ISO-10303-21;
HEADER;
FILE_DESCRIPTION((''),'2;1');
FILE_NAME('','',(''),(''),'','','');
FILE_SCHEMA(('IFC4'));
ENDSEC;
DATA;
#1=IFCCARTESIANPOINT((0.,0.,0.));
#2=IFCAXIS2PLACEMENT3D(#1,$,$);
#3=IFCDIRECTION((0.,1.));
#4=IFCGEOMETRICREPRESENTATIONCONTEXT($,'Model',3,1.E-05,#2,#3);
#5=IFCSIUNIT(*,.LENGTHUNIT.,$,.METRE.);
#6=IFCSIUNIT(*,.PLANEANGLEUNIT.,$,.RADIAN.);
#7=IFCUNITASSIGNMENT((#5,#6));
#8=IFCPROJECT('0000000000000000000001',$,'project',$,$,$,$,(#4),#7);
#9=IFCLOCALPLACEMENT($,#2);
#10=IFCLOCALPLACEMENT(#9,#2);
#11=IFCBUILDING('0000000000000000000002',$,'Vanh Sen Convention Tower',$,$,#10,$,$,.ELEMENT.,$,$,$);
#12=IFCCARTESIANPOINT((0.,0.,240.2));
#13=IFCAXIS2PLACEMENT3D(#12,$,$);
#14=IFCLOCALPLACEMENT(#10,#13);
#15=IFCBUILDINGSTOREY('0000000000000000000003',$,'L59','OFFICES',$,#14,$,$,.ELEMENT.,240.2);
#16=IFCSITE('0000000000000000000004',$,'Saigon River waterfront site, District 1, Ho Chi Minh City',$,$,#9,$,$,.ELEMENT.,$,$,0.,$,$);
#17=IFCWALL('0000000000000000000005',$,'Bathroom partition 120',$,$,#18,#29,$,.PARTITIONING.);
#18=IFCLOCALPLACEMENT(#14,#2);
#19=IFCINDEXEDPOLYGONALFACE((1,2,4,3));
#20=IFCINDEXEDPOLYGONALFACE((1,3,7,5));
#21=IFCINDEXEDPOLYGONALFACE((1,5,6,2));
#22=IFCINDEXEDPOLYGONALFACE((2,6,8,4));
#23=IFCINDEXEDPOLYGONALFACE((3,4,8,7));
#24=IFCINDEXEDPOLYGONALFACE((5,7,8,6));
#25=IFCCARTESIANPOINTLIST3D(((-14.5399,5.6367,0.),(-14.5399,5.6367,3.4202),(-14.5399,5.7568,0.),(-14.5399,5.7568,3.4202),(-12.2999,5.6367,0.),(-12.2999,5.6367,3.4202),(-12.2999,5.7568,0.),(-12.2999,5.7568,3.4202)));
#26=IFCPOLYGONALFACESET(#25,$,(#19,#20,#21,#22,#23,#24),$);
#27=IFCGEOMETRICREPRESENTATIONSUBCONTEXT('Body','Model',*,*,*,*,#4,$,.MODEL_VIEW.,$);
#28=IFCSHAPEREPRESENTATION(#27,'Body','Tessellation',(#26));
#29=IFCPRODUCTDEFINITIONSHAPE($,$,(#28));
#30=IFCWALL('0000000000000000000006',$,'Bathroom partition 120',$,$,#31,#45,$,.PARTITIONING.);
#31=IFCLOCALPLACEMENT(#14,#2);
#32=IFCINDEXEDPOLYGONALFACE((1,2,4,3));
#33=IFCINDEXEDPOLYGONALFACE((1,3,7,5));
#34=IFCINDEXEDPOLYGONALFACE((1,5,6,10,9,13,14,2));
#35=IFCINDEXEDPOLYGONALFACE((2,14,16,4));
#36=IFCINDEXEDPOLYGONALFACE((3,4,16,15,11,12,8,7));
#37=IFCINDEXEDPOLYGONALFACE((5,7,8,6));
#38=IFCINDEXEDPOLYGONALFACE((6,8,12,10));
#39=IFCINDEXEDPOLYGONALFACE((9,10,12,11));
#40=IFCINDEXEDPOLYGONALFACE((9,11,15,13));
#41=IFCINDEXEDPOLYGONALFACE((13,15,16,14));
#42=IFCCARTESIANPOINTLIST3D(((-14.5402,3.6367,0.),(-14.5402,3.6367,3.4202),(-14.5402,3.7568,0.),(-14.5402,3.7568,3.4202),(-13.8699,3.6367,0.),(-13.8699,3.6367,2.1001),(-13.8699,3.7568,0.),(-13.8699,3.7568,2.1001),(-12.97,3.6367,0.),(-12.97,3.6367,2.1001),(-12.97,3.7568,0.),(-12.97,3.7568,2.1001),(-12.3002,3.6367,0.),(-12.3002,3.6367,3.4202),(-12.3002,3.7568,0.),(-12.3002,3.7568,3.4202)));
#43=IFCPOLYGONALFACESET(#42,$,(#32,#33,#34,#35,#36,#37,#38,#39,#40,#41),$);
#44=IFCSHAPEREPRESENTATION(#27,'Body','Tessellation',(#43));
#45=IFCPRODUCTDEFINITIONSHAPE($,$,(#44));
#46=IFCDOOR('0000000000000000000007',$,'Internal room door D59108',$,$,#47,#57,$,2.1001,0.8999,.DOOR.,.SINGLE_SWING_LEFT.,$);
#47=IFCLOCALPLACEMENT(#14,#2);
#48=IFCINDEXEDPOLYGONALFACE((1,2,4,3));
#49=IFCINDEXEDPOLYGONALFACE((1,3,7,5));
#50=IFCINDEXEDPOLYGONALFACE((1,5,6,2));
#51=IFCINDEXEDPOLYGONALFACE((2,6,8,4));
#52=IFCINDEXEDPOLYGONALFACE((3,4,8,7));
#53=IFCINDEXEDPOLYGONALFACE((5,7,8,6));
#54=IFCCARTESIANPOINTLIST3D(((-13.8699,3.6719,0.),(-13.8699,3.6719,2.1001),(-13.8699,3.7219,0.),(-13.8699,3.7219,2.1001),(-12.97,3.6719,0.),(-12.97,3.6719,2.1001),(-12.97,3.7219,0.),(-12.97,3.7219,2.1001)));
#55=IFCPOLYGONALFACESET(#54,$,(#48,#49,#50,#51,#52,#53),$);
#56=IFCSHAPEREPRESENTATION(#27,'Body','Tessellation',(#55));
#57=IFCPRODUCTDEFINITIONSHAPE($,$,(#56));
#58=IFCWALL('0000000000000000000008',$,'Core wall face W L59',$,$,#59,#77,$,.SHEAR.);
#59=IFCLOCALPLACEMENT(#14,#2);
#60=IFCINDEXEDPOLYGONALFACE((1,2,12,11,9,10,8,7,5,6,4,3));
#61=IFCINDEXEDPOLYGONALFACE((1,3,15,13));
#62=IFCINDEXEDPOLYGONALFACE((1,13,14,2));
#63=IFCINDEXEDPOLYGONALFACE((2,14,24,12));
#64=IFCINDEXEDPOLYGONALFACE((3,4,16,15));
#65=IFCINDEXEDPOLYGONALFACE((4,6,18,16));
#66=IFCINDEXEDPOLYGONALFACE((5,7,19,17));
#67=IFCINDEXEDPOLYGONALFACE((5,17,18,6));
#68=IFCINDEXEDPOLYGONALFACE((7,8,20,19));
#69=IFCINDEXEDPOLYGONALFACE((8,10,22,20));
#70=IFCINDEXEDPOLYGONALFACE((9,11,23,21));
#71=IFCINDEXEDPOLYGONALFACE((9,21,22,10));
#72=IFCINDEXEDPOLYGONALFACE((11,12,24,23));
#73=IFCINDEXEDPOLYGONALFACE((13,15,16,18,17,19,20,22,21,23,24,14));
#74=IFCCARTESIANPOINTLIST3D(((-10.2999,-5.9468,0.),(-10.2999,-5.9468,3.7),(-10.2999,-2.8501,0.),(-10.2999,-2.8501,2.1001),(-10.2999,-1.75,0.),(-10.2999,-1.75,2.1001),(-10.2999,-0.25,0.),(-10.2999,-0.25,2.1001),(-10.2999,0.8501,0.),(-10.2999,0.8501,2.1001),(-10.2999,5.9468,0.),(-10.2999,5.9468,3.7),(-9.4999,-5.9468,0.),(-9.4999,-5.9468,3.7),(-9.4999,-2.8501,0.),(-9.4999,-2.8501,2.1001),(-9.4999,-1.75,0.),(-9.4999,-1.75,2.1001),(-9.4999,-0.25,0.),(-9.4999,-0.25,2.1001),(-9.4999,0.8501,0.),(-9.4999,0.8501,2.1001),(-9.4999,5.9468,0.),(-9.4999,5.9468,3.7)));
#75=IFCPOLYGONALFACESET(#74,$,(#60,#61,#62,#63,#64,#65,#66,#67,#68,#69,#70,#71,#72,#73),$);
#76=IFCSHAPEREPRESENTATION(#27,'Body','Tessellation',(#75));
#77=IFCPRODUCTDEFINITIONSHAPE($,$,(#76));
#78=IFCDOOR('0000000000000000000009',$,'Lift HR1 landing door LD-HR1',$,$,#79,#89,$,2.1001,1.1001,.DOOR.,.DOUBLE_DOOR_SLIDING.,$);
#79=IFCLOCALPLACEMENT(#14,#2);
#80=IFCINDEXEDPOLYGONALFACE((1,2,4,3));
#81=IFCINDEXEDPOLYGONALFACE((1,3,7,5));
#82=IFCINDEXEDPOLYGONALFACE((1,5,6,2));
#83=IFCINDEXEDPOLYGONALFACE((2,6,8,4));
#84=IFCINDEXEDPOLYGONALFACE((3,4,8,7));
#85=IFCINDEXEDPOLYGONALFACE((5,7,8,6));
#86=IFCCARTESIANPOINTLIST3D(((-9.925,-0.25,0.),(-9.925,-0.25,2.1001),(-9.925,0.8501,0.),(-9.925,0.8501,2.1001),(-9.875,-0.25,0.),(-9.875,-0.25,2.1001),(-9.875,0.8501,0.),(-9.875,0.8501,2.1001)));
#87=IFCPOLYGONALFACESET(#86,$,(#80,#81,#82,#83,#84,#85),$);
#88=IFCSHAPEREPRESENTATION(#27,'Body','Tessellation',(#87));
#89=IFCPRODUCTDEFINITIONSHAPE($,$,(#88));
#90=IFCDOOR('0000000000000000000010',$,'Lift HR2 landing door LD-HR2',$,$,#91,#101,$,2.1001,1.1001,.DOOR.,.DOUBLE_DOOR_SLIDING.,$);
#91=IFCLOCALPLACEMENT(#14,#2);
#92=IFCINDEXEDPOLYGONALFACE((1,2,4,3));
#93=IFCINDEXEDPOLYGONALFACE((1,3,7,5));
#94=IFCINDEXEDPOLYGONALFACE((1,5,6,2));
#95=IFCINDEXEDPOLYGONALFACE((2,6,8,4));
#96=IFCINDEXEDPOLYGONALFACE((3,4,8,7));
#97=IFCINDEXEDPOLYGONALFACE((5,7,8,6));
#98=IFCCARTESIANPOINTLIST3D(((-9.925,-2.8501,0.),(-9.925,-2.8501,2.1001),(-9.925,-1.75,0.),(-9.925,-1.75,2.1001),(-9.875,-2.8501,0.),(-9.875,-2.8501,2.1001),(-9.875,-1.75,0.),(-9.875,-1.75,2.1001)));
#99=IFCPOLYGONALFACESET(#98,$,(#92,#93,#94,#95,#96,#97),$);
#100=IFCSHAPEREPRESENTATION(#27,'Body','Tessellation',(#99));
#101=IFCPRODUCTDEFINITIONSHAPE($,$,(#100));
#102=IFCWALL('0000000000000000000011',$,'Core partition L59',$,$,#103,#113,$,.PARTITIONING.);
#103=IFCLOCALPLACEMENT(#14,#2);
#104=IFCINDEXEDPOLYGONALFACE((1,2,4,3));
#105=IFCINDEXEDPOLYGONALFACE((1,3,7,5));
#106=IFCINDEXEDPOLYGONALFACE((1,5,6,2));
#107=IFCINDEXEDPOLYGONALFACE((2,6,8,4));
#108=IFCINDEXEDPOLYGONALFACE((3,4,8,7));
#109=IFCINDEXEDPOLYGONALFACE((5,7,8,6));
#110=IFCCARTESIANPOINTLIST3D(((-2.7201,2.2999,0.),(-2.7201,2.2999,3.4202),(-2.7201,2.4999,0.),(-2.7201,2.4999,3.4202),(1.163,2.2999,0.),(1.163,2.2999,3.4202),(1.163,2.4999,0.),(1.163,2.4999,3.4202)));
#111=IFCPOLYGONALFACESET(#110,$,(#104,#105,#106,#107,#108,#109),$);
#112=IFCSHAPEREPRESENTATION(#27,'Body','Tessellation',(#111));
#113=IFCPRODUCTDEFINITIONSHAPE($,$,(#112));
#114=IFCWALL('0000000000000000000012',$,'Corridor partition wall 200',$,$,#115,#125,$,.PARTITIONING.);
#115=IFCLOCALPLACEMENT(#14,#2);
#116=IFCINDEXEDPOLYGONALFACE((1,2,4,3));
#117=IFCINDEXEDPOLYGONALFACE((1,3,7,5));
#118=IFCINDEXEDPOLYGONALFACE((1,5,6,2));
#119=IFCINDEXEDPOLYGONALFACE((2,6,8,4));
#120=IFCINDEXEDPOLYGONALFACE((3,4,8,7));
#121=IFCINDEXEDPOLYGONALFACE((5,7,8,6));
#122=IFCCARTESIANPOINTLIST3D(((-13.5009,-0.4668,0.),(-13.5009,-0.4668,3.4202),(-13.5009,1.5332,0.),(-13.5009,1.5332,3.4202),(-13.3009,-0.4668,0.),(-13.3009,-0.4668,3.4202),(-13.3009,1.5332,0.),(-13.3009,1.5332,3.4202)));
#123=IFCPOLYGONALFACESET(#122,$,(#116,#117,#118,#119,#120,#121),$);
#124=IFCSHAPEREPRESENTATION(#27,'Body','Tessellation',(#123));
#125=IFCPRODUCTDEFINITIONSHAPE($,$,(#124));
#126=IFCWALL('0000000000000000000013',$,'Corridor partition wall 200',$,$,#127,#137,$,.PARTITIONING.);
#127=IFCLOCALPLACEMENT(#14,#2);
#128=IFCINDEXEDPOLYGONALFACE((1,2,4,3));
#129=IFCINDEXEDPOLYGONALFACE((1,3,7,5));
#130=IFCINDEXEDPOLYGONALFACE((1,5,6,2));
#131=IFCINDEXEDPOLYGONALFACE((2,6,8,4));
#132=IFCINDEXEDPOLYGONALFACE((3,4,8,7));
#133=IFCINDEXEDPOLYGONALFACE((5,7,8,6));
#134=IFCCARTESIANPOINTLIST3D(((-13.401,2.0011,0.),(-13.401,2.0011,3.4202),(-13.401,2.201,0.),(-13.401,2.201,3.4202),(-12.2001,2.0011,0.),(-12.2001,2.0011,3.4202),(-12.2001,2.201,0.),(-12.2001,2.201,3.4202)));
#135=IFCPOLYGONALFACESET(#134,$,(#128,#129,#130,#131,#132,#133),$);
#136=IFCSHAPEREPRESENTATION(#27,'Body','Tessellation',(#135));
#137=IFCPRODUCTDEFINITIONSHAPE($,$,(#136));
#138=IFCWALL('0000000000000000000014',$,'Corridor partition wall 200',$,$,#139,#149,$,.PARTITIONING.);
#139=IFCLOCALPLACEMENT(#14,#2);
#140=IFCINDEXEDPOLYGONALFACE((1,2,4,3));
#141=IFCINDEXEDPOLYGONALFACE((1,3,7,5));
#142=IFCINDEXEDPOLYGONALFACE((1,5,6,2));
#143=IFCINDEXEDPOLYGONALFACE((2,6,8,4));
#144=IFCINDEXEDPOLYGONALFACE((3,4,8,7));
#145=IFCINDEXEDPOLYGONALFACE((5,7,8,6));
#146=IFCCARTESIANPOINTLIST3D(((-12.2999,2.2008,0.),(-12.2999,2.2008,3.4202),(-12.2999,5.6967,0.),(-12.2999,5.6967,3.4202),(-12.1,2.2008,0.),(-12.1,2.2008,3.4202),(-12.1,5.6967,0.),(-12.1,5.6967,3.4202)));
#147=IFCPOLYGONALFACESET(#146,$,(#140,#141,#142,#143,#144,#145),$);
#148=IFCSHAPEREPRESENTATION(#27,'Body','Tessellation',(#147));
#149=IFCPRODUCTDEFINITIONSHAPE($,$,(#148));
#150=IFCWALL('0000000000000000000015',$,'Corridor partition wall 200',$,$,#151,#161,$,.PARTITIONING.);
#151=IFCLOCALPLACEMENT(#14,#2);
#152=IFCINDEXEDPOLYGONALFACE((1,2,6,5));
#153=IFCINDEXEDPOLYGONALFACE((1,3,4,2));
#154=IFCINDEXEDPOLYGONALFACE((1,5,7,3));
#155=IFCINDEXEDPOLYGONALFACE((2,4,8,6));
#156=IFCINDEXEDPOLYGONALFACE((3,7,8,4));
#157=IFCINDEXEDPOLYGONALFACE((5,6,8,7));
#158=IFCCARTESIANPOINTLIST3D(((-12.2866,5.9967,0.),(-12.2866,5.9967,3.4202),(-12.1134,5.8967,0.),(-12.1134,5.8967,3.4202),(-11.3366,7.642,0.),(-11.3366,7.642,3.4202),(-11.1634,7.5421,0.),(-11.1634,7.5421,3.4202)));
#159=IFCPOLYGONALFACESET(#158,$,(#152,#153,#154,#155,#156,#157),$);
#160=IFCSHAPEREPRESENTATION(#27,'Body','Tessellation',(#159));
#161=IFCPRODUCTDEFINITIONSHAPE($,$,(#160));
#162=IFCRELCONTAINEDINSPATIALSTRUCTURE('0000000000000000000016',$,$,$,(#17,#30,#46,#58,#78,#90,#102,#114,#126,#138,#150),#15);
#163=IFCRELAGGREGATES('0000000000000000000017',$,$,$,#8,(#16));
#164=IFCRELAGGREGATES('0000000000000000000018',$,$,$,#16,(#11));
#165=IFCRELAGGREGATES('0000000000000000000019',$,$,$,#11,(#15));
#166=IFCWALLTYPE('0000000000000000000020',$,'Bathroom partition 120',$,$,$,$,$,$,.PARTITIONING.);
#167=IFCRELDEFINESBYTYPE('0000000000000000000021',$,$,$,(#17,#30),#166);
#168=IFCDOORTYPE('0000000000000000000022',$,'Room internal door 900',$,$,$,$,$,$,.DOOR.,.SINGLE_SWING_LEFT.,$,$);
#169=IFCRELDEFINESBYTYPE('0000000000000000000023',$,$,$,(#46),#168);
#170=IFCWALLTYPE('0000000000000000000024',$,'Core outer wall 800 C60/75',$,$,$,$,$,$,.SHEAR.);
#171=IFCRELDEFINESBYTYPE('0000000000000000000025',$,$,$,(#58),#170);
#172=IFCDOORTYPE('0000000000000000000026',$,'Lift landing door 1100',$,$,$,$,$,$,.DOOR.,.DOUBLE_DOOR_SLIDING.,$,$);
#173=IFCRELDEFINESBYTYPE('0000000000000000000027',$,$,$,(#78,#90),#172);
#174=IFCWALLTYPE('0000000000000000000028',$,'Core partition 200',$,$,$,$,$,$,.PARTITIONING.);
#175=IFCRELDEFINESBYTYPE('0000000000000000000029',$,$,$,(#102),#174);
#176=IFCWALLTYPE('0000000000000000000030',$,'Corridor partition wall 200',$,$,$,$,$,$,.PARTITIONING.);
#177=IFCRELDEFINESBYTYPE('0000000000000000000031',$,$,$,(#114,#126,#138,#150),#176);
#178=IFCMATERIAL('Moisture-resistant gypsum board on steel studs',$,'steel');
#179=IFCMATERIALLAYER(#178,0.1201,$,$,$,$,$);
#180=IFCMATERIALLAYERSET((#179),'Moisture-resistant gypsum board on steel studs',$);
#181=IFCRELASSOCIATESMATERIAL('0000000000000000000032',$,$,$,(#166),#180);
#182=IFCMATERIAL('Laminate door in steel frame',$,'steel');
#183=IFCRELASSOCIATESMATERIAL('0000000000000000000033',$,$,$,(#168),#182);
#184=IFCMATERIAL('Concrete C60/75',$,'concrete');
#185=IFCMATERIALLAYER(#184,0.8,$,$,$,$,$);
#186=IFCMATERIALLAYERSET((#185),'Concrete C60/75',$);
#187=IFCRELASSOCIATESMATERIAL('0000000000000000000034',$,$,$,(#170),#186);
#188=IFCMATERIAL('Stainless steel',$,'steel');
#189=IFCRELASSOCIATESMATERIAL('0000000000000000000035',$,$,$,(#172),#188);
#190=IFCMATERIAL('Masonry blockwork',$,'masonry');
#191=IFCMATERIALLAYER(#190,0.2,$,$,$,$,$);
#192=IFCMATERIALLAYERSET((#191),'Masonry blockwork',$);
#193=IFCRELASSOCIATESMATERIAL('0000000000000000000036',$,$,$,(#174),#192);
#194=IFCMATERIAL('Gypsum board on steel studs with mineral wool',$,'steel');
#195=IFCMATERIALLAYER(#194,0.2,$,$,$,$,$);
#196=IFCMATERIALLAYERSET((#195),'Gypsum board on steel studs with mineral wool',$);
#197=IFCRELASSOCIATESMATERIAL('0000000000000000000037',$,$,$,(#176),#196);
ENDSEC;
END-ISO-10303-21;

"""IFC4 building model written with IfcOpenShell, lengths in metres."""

from ifc_helpers import new_model, si_unit, direction, frame, frame_2d, origin, place, context, subcontext, project, spatial, rectangle, extrude, material, layer, layer_set, type_object, element, fill, save


model = new_model("IFC4")

# Units and contexts
model_context = context("Model", 3, precision=1e-05, world=origin(), true_north=direction((0.0, 1.0)))
body_context = subcontext(model_context, "Body", "Model", "MODEL_VIEW")
ifc_project = project(units=[si_unit("LENGTHUNIT", "METRE"), si_unit("PLANEANGLEUNIT", "RADIAN")], contexts=[model_context])

# Site, building, storey
site_placement = place(None, origin())
site = spatial("IfcSite", under=ifc_project, at=site_placement, Name="Saigon River waterfront site, District 1, Ho Chi Minh City", CompositionType="ELEMENT", RefElevation=0.0)
building_placement = place(site_placement, origin())
building = spatial("IfcBuilding", under=site, at=building_placement, Name="Vanh Sen Convention Tower", CompositionType="ELEMENT")
storey_placement = place(building_placement, frame((0.0, 0.0, 240.2)))
storey = spatial("IfcBuildingStorey", under=building, at=storey_placement, Name="L59", Description="OFFICES", CompositionType="ELEMENT", Elevation=240.2)

# Wall
ifc_material_1 = material(Name="Moisture-resistant gypsum board on steel studs", Category="steel")
ifc_layer_1 = layer(ifc_material_1, 0.1201)
ifc_layer_set_1 = layer_set([ifc_layer_1], Name="Moisture-resistant gypsum board on steel studs")
wall_type_1 = type_object("IfcWallType", Name="Bathroom partition 120", PredefinedType="PARTITIONING", material=ifc_layer_set_1)
wall_1_placement = place(storey_placement, frame((-14.54, 5.6968, 0.0), z_axis=(0.0, 0.0, 1.0), x_axis=(1.0, 0.0, 0.0)))
element("IfcWall", 1, at=wall_1_placement, inside=storey, type_object=wall_type_1, Name="Bathroom partition 120", PredefinedType="PARTITIONING", context=body_context, shape_type="SweptSolid", body=[
    extrude(rectangle(XDim=2.24, YDim=0.1201, at=frame_2d((1.1201, 0.0))), origin(), (0.0, 0.0, 1.0), 3.4202),
])

# Wall, opening, door
wall_2_placement = place(storey_placement, frame((-12.3, 3.6968, 0.0), z_axis=(0.0, 0.0, 1.0), x_axis=(-1.0, 0.0, 0.0)))
wall_2 = element("IfcWall", 2, at=wall_2_placement, inside=storey, type_object=wall_type_1, Name="Bathroom partition 120", PredefinedType="PARTITIONING", context=body_context, shape_type="SweptSolid", body=[
    extrude(rectangle(XDim=2.24, YDim=0.1201, at=frame_2d((1.1201, 0.0))), origin(), (0.0, 0.0, 1.0), 3.4202),
])
opening_1_placement = place(wall_2_placement, frame((0.6699, 0.0, 0.0)))
opening_1 = element("IfcOpeningElement", 3, at=opening_1_placement, cuts=wall_2, PredefinedType="OPENING", context=body_context, shape_type="SweptSolid", body=[
    extrude(rectangle(XDim=0.8999, YDim=2.1001, at=frame_2d((0.45, 1.05))), frame((0.0, 0.0701, 0.0), z_axis=(0.0, -1.0, 0.0), x_axis=(1.0, 0.0, 0.0)), (0.0, 0.0, 1.0), 0.1401),
])
ifc_material_2 = material(Name="Laminate door in steel frame", Category="steel")
door_type_1 = type_object("IfcDoorType", Name="Room internal door 900", OperationType="SINGLE_SWING_LEFT", PredefinedType="DOOR", material=ifc_material_2)
door_1_placement = place(opening_1_placement, origin())
door_1 = element("IfcDoor", 4, at=door_1_placement, inside=storey, type_object=door_type_1, Name="Internal room door D59108", OperationType="SINGLE_SWING_LEFT", OverallHeight=2.1001, OverallWidth=0.8999, PredefinedType="DOOR", context=body_context, shape_type="SweptSolid", body=[
    extrude(rectangle(XDim=0.8999, YDim=2.1001, at=frame_2d((0.45, 1.05))), frame((0.0, 0.0249, 0.0), z_axis=(0.0, -1.0, 0.0), x_axis=(1.0, 0.0, 0.0)), (0.0, 0.0, 1.0), 0.05),
])
fill(opening_1, door_1)

# Wall, openings, doors
ifc_material_3 = material(Name="Concrete C60/75", Category="concrete")
ifc_layer_2 = layer(ifc_material_3, 0.8)
ifc_layer_set_2 = layer_set([ifc_layer_2], Name="Concrete C60/75")
wall_type_2 = type_object("IfcWallType", Name="Core outer wall 800 C60/75", PredefinedType="SHEAR", material=ifc_layer_set_2)
wall_3_placement = place(storey_placement, frame((-9.8999, 5.9468, 0.0), z_axis=(0.0, 0.0, 1.0), x_axis=(0.0, -1.0, 0.0)))
wall_3 = element("IfcWall", 5, at=wall_3_placement, inside=storey, type_object=wall_type_2, Name="Core wall face W L59", PredefinedType="SHEAR", context=body_context, shape_type="SweptSolid", body=[
    extrude(rectangle(XDim=11.8936, YDim=0.8, at=frame_2d((5.9468, 0.0))), origin(), (0.0, 0.0, 1.0), 3.7),
])
opening_2_placement = place(wall_3_placement, frame((5.0967, 0.0, 0.0)))
opening_2 = element("IfcOpeningElement", 6, at=opening_2_placement, cuts=wall_3, PredefinedType="OPENING", context=body_context, shape_type="SweptSolid", body=[
    extrude(rectangle(XDim=1.1001, YDim=2.1001, at=frame_2d((0.55, 1.05))), frame((0.0, 0.4099, 0.0), z_axis=(0.0, -1.0, 0.0), x_axis=(1.0, 0.0, 0.0)), (0.0, 0.0, 1.0), 0.8201),
])
opening_3_placement = place(wall_3_placement, frame((7.6968, 0.0, 0.0)))
opening_3 = element("IfcOpeningElement", 7, at=opening_3_placement, cuts=wall_3, PredefinedType="OPENING", context=body_context, shape_type="SweptSolid", body=[
    extrude(rectangle(XDim=1.1001, YDim=2.1001, at=frame_2d((0.55, 1.05))), frame((0.0, 0.4099, 0.0), z_axis=(0.0, -1.0, 0.0), x_axis=(1.0, 0.0, 0.0)), (0.0, 0.0, 1.0), 0.8201),
])
ifc_material_4 = material(Name="Stainless steel", Category="steel")
door_type_2 = type_object("IfcDoorType", Name="Lift landing door 1100", OperationType="DOUBLE_DOOR_SLIDING", PredefinedType="DOOR", material=ifc_material_4)
door_2_placement = place(opening_2_placement, origin())
door_2 = element("IfcDoor", 8, at=door_2_placement, inside=storey, type_object=door_type_2, Name="Lift HR1 landing door LD-HR1", OperationType="DOUBLE_DOOR_SLIDING", OverallHeight=2.1001, OverallWidth=1.1001, PredefinedType="DOOR", context=body_context, shape_type="SweptSolid", body=[
    extrude(rectangle(XDim=1.1001, YDim=2.1001, at=frame_2d((0.55, 1.05))), frame((0.0, 0.0249, 0.0), z_axis=(0.0, -1.0, 0.0), x_axis=(1.0, 0.0, 0.0)), (0.0, 0.0, 1.0), 0.05),
])
fill(opening_2, door_2)
door_3_placement = place(opening_3_placement, origin())
door_3 = element("IfcDoor", 9, at=door_3_placement, inside=storey, type_object=door_type_2, Name="Lift HR2 landing door LD-HR2", OperationType="DOUBLE_DOOR_SLIDING", OverallHeight=2.1001, OverallWidth=1.1001, PredefinedType="DOOR", context=body_context, shape_type="SweptSolid", body=[
    extrude(rectangle(XDim=1.1001, YDim=2.1001, at=frame_2d((0.55, 1.05))), frame((0.0, 0.0249, 0.0), z_axis=(0.0, -1.0, 0.0), x_axis=(1.0, 0.0, 0.0)), (0.0, 0.0, 1.0), 0.05),
])
fill(opening_3, door_3)

# Walls
ifc_material_5 = material(Name="Masonry blockwork", Category="masonry")
ifc_layer_3 = layer(ifc_material_5, 0.2)
ifc_layer_set_3 = layer_set([ifc_layer_3], Name="Masonry blockwork")
wall_type_3 = type_object("IfcWallType", Name="Core partition 200", PredefinedType="PARTITIONING", material=ifc_layer_set_3)
wall_4_placement = place(storey_placement, frame((-2.72, 2.3999, 0.0), z_axis=(0.0, 0.0, 1.0), x_axis=(1.0, 0.0, 0.0)))
element("IfcWall", 10, at=wall_4_placement, inside=storey, type_object=wall_type_3, Name="Core partition L59", PredefinedType="PARTITIONING", context=body_context, shape_type="SweptSolid", body=[
    extrude(rectangle(XDim=3.8831, YDim=0.2, at=frame_2d((1.9414, 0.0))), origin(), (0.0, 0.0, 1.0), 3.4202),
])
ifc_material_6 = material(Name="Gypsum board on steel studs with mineral wool", Category="steel")
ifc_layer_4 = layer(ifc_material_6, 0.2)
ifc_layer_set_4 = layer_set([ifc_layer_4], Name="Gypsum board on steel studs with mineral wool")
wall_type_4 = type_object("IfcWallType", Name="Corridor partition wall 200", PredefinedType="PARTITIONING", material=ifc_layer_set_4)
wall_5_placement = place(storey_placement, frame((-13.4009, 1.5332, 0.0), z_axis=(0.0, 0.0, 1.0), x_axis=(0.0, -1.0, 0.0)))
element("IfcWall", 11, at=wall_5_placement, inside=storey, type_object=wall_type_4, Name="Corridor partition wall 200", PredefinedType="PARTITIONING", context=body_context, shape_type="SweptSolid", body=[
    extrude(rectangle(XDim=2.0, YDim=0.2, at=frame_2d((1.0, 0.0))), origin(), (0.0, 0.0, 1.0), 3.4202),
])
wall_6_placement = place(storey_placement, frame((-12.2, 2.1011, 0.0), z_axis=(0.0, 0.0, 1.0), x_axis=(-1.0, 0.0, 0.0)))
element("IfcWall", 12, at=wall_6_placement, inside=storey, type_object=wall_type_4, Name="Corridor partition wall 200", PredefinedType="PARTITIONING", context=body_context, shape_type="SweptSolid", body=[
    extrude(rectangle(XDim=1.2009, YDim=0.2, at=frame_2d((0.6006, 0.0))), origin(), (0.0, 0.0, 1.0), 3.4202),
])
wall_7_placement = place(storey_placement, frame((-12.2, 5.6968, 0.0), z_axis=(0.0, 0.0, 1.0), x_axis=(0.0, -1.0, 0.0)))
element("IfcWall", 13, at=wall_7_placement, inside=storey, type_object=wall_type_4, Name="Corridor partition wall 200", PredefinedType="PARTITIONING", context=body_context, shape_type="SweptSolid", body=[
    extrude(rectangle(XDim=3.4958, YDim=0.2, at=frame_2d((1.748, 0.0))), origin(), (0.0, 0.0, 1.0), 3.4202),
])
wall_8_placement = place(storey_placement, frame((-11.25, 7.592, 0.0), z_axis=(0.0, 0.0, 1.0), x_axis=(-0.500023, -0.866012, 0.0)))
element("IfcWall", 14, at=wall_8_placement, inside=storey, type_object=wall_type_4, Name="Corridor partition wall 200", PredefinedType="PARTITIONING", context=body_context, shape_type="SweptSolid", body=[
    extrude(rectangle(XDim=1.8999, YDim=0.2, at=frame_2d((0.95, 0.0))), origin(), (0.0, 0.0, 1.0), 3.4202),
])

save(model, "model.ifc")
